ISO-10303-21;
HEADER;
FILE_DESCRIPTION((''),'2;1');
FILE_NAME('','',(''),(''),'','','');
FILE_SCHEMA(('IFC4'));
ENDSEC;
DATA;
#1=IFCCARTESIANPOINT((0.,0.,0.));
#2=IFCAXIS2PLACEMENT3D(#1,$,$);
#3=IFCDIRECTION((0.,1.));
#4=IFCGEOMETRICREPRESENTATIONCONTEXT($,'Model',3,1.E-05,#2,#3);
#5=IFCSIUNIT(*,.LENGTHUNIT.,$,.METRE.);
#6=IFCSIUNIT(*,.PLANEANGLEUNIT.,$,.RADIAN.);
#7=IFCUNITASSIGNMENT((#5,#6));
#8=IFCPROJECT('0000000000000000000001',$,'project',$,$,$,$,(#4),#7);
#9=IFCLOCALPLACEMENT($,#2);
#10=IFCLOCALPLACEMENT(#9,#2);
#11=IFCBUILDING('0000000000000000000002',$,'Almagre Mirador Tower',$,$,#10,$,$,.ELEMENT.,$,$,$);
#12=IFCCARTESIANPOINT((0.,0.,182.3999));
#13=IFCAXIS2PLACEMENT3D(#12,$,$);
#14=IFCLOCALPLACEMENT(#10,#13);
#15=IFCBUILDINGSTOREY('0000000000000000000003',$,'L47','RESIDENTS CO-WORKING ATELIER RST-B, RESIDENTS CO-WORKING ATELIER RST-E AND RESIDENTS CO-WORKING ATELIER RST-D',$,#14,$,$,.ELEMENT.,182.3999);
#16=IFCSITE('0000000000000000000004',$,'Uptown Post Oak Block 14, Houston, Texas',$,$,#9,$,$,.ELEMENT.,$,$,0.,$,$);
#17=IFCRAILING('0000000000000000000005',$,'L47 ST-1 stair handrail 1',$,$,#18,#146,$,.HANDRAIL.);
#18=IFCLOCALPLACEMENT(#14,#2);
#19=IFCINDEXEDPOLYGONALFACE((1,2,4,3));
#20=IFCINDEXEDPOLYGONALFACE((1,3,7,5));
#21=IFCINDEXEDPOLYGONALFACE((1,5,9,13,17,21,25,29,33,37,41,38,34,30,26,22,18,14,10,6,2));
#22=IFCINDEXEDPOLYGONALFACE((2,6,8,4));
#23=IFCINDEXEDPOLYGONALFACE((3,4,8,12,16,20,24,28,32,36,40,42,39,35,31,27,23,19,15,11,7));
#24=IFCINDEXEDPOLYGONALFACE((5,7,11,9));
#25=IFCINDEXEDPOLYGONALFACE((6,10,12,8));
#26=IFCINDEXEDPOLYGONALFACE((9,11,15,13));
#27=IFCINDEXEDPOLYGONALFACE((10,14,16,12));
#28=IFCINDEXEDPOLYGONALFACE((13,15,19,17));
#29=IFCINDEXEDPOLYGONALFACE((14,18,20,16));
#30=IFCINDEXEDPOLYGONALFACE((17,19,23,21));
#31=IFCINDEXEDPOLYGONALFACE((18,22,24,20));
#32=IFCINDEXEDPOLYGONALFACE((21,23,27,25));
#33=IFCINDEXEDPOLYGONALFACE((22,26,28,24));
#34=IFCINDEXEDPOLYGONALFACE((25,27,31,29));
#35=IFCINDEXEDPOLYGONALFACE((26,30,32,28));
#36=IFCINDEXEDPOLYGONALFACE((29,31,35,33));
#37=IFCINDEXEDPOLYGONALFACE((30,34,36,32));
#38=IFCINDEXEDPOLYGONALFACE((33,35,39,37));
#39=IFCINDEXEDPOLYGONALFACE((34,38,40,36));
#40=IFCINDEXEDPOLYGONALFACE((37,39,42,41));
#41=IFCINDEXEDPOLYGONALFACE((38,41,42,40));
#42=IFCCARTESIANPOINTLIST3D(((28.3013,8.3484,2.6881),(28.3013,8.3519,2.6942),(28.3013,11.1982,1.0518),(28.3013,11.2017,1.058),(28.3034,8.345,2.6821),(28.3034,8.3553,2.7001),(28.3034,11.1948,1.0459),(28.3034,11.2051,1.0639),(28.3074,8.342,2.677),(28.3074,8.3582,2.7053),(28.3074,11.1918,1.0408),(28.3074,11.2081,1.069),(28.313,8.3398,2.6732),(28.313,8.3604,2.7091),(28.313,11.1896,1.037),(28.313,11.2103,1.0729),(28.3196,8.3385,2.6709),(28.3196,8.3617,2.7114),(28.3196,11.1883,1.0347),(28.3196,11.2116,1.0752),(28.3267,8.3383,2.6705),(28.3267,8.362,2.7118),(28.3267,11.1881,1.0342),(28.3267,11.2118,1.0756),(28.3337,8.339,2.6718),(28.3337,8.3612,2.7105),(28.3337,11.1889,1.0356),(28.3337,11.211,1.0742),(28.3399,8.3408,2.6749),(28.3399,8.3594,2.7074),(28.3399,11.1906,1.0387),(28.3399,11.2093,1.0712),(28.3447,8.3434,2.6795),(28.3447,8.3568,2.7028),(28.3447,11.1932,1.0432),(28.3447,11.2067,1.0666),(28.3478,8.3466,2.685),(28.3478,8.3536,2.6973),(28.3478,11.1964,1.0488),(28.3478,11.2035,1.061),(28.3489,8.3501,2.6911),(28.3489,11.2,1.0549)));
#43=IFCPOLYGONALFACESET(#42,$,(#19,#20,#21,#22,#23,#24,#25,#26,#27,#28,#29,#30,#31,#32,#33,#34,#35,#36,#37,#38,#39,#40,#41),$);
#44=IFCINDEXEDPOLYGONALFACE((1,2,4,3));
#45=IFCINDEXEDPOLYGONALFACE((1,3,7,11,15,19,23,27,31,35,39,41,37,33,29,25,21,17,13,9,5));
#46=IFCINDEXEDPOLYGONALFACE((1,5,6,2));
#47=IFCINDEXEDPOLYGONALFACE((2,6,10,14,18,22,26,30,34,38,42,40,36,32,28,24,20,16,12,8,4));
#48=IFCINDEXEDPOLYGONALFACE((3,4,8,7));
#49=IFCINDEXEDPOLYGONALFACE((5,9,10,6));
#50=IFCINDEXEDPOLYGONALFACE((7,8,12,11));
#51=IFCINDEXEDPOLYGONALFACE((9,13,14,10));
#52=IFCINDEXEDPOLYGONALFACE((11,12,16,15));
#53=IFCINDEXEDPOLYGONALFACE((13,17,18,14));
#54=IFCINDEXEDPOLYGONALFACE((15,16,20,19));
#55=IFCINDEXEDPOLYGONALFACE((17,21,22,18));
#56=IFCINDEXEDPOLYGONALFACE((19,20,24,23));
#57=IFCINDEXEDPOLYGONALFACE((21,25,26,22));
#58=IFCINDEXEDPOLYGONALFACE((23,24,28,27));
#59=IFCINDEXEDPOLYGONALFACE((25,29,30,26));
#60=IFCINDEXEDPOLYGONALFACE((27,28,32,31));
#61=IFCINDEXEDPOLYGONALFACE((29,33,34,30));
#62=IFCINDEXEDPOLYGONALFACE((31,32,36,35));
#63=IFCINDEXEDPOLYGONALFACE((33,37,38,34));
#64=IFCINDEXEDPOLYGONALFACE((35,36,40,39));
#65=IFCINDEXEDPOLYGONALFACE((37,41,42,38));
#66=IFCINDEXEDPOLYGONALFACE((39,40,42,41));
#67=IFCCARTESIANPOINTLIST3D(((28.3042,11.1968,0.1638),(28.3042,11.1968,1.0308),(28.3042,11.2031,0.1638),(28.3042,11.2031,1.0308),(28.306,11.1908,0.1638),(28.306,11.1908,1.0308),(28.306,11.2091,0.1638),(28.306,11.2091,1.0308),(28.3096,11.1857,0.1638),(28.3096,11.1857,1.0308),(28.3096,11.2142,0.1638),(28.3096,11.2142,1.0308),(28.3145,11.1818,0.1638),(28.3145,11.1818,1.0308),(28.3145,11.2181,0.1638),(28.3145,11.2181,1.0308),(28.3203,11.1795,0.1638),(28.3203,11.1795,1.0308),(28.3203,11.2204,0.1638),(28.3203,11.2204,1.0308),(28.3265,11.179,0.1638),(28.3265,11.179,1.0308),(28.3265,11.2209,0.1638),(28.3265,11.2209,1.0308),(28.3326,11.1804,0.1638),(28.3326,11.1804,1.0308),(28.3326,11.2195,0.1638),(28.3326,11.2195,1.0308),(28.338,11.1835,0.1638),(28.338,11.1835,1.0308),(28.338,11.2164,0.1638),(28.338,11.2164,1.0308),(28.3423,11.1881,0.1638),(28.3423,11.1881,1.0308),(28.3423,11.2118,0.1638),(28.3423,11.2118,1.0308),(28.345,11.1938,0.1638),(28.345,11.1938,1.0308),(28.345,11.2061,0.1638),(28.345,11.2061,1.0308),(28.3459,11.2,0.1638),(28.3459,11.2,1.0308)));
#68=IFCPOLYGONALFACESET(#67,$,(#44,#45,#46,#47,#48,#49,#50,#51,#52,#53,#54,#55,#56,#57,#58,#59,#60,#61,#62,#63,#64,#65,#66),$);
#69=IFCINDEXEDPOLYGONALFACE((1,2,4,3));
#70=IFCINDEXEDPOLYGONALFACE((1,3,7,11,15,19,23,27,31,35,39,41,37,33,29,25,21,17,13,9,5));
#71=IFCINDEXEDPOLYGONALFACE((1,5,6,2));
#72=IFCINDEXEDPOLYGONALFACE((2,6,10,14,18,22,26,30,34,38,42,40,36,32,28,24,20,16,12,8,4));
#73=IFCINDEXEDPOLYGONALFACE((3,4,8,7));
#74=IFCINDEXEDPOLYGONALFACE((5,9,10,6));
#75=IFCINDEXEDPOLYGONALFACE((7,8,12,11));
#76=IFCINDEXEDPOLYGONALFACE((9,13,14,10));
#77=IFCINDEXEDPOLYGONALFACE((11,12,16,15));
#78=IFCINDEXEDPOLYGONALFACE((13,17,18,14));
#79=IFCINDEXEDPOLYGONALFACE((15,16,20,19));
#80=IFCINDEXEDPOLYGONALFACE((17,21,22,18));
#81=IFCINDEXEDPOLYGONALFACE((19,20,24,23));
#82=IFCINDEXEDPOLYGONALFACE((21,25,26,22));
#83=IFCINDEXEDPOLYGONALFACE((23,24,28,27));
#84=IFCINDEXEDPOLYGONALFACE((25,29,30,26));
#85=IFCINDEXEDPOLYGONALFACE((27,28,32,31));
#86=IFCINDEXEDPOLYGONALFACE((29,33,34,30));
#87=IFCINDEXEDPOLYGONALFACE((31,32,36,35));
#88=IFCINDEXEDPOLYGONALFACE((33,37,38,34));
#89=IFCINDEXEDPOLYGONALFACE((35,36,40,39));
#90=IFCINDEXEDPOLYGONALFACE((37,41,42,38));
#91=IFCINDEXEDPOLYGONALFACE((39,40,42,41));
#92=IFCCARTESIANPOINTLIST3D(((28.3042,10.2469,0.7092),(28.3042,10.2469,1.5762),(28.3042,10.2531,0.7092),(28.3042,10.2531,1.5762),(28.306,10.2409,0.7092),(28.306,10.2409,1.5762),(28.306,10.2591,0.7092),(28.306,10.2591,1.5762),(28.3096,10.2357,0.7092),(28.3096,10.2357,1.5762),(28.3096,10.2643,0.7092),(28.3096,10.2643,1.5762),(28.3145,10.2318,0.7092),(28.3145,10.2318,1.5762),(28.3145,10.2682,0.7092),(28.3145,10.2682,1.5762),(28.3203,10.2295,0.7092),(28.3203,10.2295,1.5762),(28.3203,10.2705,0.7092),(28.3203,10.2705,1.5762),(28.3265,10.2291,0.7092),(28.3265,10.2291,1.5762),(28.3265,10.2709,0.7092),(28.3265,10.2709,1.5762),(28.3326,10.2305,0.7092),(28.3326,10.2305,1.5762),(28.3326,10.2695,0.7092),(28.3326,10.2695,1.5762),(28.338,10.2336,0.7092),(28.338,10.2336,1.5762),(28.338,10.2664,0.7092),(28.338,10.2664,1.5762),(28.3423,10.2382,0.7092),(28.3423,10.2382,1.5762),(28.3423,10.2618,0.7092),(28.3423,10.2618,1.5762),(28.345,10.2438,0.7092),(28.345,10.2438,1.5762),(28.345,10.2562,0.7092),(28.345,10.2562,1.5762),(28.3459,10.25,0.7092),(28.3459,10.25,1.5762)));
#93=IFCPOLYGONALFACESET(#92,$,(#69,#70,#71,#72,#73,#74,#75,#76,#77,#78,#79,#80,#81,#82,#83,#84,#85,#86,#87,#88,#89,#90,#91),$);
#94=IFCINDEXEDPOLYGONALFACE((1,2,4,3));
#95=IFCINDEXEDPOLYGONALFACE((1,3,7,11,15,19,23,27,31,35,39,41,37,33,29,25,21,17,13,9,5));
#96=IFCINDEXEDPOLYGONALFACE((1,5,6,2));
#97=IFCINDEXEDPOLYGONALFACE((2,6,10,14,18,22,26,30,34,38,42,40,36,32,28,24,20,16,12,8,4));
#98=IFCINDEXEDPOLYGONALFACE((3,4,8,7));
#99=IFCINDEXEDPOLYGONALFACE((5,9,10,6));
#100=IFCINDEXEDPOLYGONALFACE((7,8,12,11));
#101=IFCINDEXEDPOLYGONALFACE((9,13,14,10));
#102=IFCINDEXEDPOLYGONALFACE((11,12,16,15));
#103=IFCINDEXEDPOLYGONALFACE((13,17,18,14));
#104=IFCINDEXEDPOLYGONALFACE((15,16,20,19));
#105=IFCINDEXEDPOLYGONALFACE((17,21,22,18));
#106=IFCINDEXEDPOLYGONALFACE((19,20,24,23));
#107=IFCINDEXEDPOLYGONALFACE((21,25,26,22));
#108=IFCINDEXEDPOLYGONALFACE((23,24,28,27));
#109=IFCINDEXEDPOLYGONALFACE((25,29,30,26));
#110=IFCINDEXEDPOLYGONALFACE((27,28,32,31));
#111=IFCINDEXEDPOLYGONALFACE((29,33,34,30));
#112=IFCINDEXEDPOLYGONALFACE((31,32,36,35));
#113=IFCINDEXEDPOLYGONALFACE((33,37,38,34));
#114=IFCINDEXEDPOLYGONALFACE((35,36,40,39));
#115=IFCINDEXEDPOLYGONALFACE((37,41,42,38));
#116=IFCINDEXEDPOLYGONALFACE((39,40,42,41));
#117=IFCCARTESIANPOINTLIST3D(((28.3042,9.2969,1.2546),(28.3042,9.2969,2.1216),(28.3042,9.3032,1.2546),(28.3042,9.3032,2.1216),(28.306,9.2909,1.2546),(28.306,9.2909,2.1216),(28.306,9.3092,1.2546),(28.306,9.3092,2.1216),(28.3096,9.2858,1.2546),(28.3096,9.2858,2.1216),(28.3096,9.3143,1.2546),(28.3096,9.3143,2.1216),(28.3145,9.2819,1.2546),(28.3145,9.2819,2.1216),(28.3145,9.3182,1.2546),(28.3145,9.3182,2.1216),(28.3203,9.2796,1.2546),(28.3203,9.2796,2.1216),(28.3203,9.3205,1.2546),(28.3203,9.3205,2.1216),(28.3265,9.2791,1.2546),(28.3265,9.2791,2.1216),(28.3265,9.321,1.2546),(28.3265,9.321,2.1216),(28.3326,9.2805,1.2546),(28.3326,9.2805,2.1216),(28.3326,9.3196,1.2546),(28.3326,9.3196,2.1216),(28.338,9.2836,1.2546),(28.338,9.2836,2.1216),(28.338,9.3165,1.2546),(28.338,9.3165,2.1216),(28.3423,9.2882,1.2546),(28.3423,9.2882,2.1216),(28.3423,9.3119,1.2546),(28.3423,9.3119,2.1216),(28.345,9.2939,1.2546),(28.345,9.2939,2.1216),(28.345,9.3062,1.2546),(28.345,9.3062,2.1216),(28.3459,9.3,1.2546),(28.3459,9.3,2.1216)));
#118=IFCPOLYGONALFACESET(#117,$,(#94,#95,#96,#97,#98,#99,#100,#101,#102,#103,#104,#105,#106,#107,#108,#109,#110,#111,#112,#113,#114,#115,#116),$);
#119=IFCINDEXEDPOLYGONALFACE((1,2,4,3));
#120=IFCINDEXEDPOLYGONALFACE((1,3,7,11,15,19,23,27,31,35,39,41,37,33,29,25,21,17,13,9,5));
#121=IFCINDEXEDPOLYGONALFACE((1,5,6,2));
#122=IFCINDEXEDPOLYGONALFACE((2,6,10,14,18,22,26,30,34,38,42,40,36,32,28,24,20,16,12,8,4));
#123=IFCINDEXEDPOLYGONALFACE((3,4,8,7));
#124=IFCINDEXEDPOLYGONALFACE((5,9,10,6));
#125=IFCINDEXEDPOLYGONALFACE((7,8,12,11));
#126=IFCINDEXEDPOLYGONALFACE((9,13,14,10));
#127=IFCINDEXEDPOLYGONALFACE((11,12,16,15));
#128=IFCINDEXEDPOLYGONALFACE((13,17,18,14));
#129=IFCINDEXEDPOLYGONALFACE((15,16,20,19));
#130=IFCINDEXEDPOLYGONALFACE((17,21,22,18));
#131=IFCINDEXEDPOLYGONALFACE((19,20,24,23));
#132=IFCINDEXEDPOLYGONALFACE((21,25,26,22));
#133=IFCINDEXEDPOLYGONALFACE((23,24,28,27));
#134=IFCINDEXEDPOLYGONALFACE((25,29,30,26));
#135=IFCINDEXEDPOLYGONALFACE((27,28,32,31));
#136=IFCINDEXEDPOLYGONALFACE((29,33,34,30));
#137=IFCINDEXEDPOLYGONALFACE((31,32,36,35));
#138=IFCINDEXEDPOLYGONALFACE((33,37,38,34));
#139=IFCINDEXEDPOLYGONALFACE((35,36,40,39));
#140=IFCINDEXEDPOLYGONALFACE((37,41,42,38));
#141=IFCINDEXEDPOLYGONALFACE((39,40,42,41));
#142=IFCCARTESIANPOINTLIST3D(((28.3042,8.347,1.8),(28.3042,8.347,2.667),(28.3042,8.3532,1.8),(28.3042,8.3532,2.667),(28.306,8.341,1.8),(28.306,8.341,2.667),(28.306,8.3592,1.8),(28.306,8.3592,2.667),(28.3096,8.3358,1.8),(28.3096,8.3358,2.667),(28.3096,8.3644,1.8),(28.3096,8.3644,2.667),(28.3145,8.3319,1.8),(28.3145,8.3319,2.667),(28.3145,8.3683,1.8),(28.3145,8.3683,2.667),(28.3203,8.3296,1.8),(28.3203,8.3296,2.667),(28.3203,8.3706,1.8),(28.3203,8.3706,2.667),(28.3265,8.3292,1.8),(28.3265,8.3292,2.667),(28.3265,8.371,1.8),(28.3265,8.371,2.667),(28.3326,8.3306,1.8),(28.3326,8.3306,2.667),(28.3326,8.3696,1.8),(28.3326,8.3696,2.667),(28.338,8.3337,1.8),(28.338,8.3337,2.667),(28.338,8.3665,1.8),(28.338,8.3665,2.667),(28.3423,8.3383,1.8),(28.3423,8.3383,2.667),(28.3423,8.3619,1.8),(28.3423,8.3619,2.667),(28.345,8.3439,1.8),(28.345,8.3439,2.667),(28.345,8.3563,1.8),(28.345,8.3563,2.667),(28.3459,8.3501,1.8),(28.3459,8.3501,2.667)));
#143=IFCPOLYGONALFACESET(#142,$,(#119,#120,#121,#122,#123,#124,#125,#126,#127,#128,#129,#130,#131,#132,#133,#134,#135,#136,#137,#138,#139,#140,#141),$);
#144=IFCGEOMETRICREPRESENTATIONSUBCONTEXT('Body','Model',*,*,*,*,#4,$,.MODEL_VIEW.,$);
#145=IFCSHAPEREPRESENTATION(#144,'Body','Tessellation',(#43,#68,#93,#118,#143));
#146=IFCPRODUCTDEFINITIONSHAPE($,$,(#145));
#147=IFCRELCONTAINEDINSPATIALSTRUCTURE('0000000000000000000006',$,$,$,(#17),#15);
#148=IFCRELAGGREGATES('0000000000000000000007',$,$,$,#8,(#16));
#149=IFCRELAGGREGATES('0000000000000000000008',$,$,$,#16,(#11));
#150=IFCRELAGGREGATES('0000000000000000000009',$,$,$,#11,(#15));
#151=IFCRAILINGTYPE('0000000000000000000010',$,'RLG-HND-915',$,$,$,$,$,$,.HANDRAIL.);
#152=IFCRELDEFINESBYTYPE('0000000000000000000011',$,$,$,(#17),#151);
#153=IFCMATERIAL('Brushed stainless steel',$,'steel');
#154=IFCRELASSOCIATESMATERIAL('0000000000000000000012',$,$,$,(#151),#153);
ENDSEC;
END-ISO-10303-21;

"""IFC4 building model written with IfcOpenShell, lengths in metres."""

from ifc_helpers import new_model, si_unit, direction, frame, origin, origin_2d, place, context, subcontext, project, spatial, circle, extrude, material, type_object, element, save


model = new_model("IFC4")

# Units and contexts
model_context = context("Model", 3, precision=1e-05, world=origin(), true_north=direction((0.0, 1.0)))
body_context = subcontext(model_context, "Body", "Model", "MODEL_VIEW")
ifc_project = project(units=[si_unit("LENGTHUNIT", "METRE"), si_unit("PLANEANGLEUNIT", "RADIAN")], contexts=[model_context])

# Site, building, storey
site_placement = place(None, origin())
site = spatial("IfcSite", under=ifc_project, at=site_placement, Name="Uptown Post Oak Block 14, Houston, Texas", CompositionType="ELEMENT", RefElevation=0.0)
building_placement = place(site_placement, origin())
building = spatial("IfcBuilding", under=site, at=building_placement, Name="Almagre Mirador Tower", CompositionType="ELEMENT")
storey_placement = place(building_placement, frame((0.0, 0.0, 182.3999)))
storey = spatial("IfcBuildingStorey", under=building, at=storey_placement, Name="L47", Description="RESIDENTS CO-WORKING ATELIER RST-B, RESIDENTS CO-WORKING ATELIER RST-E AND RESIDENTS CO-WORKING ATELIER RST-D", CompositionType="ELEMENT", Elevation=182.3999)

# Railing
ifc_material_1 = material(Name="Brushed stainless steel", Category="steel")
railing_type_1 = type_object("IfcRailingType", Name="RLG-HND-915", PredefinedType="HANDRAIL", material=ifc_material_1)
railing_1_placement = place(storey_placement, frame((28.325, 11.2, 0.1638)))
element("IfcRailing", 1, at=railing_1_placement, inside=storey, type_object=railing_type_1, Name="L47 ST-1 stair handrail 1", PredefinedType="HANDRAIL", context=body_context, shape_type="SweptSolid", body=[
    extrude(circle(Radius=0.0239, at=origin_2d()), frame((0.0, 0.0, 0.8911), z_axis=(0.0, -0.867226, 0.497914), x_axis=(1.0, 0.0, 0.0)), (0.0, 0.0, 1.0), 3.2861),
    extrude(circle(Radius=0.021, at=origin_2d()), origin(), (0.0, 0.0, 1.0), 0.8669),
    extrude(circle(Radius=0.021, at=origin_2d()), frame((0.0, -0.95, 0.5454)), (0.0, 0.0, 1.0), 0.8669),
    extrude(circle(Radius=0.021, at=origin_2d()), frame((0.0, -1.8999, 1.0908)), (0.0, 0.0, 1.0), 0.8669),
    extrude(circle(Radius=0.021, at=origin_2d()), frame((0.0, -2.8499, 1.6362)), (0.0, 0.0, 1.0), 0.8669),
])

save(model, "model.ifc")
